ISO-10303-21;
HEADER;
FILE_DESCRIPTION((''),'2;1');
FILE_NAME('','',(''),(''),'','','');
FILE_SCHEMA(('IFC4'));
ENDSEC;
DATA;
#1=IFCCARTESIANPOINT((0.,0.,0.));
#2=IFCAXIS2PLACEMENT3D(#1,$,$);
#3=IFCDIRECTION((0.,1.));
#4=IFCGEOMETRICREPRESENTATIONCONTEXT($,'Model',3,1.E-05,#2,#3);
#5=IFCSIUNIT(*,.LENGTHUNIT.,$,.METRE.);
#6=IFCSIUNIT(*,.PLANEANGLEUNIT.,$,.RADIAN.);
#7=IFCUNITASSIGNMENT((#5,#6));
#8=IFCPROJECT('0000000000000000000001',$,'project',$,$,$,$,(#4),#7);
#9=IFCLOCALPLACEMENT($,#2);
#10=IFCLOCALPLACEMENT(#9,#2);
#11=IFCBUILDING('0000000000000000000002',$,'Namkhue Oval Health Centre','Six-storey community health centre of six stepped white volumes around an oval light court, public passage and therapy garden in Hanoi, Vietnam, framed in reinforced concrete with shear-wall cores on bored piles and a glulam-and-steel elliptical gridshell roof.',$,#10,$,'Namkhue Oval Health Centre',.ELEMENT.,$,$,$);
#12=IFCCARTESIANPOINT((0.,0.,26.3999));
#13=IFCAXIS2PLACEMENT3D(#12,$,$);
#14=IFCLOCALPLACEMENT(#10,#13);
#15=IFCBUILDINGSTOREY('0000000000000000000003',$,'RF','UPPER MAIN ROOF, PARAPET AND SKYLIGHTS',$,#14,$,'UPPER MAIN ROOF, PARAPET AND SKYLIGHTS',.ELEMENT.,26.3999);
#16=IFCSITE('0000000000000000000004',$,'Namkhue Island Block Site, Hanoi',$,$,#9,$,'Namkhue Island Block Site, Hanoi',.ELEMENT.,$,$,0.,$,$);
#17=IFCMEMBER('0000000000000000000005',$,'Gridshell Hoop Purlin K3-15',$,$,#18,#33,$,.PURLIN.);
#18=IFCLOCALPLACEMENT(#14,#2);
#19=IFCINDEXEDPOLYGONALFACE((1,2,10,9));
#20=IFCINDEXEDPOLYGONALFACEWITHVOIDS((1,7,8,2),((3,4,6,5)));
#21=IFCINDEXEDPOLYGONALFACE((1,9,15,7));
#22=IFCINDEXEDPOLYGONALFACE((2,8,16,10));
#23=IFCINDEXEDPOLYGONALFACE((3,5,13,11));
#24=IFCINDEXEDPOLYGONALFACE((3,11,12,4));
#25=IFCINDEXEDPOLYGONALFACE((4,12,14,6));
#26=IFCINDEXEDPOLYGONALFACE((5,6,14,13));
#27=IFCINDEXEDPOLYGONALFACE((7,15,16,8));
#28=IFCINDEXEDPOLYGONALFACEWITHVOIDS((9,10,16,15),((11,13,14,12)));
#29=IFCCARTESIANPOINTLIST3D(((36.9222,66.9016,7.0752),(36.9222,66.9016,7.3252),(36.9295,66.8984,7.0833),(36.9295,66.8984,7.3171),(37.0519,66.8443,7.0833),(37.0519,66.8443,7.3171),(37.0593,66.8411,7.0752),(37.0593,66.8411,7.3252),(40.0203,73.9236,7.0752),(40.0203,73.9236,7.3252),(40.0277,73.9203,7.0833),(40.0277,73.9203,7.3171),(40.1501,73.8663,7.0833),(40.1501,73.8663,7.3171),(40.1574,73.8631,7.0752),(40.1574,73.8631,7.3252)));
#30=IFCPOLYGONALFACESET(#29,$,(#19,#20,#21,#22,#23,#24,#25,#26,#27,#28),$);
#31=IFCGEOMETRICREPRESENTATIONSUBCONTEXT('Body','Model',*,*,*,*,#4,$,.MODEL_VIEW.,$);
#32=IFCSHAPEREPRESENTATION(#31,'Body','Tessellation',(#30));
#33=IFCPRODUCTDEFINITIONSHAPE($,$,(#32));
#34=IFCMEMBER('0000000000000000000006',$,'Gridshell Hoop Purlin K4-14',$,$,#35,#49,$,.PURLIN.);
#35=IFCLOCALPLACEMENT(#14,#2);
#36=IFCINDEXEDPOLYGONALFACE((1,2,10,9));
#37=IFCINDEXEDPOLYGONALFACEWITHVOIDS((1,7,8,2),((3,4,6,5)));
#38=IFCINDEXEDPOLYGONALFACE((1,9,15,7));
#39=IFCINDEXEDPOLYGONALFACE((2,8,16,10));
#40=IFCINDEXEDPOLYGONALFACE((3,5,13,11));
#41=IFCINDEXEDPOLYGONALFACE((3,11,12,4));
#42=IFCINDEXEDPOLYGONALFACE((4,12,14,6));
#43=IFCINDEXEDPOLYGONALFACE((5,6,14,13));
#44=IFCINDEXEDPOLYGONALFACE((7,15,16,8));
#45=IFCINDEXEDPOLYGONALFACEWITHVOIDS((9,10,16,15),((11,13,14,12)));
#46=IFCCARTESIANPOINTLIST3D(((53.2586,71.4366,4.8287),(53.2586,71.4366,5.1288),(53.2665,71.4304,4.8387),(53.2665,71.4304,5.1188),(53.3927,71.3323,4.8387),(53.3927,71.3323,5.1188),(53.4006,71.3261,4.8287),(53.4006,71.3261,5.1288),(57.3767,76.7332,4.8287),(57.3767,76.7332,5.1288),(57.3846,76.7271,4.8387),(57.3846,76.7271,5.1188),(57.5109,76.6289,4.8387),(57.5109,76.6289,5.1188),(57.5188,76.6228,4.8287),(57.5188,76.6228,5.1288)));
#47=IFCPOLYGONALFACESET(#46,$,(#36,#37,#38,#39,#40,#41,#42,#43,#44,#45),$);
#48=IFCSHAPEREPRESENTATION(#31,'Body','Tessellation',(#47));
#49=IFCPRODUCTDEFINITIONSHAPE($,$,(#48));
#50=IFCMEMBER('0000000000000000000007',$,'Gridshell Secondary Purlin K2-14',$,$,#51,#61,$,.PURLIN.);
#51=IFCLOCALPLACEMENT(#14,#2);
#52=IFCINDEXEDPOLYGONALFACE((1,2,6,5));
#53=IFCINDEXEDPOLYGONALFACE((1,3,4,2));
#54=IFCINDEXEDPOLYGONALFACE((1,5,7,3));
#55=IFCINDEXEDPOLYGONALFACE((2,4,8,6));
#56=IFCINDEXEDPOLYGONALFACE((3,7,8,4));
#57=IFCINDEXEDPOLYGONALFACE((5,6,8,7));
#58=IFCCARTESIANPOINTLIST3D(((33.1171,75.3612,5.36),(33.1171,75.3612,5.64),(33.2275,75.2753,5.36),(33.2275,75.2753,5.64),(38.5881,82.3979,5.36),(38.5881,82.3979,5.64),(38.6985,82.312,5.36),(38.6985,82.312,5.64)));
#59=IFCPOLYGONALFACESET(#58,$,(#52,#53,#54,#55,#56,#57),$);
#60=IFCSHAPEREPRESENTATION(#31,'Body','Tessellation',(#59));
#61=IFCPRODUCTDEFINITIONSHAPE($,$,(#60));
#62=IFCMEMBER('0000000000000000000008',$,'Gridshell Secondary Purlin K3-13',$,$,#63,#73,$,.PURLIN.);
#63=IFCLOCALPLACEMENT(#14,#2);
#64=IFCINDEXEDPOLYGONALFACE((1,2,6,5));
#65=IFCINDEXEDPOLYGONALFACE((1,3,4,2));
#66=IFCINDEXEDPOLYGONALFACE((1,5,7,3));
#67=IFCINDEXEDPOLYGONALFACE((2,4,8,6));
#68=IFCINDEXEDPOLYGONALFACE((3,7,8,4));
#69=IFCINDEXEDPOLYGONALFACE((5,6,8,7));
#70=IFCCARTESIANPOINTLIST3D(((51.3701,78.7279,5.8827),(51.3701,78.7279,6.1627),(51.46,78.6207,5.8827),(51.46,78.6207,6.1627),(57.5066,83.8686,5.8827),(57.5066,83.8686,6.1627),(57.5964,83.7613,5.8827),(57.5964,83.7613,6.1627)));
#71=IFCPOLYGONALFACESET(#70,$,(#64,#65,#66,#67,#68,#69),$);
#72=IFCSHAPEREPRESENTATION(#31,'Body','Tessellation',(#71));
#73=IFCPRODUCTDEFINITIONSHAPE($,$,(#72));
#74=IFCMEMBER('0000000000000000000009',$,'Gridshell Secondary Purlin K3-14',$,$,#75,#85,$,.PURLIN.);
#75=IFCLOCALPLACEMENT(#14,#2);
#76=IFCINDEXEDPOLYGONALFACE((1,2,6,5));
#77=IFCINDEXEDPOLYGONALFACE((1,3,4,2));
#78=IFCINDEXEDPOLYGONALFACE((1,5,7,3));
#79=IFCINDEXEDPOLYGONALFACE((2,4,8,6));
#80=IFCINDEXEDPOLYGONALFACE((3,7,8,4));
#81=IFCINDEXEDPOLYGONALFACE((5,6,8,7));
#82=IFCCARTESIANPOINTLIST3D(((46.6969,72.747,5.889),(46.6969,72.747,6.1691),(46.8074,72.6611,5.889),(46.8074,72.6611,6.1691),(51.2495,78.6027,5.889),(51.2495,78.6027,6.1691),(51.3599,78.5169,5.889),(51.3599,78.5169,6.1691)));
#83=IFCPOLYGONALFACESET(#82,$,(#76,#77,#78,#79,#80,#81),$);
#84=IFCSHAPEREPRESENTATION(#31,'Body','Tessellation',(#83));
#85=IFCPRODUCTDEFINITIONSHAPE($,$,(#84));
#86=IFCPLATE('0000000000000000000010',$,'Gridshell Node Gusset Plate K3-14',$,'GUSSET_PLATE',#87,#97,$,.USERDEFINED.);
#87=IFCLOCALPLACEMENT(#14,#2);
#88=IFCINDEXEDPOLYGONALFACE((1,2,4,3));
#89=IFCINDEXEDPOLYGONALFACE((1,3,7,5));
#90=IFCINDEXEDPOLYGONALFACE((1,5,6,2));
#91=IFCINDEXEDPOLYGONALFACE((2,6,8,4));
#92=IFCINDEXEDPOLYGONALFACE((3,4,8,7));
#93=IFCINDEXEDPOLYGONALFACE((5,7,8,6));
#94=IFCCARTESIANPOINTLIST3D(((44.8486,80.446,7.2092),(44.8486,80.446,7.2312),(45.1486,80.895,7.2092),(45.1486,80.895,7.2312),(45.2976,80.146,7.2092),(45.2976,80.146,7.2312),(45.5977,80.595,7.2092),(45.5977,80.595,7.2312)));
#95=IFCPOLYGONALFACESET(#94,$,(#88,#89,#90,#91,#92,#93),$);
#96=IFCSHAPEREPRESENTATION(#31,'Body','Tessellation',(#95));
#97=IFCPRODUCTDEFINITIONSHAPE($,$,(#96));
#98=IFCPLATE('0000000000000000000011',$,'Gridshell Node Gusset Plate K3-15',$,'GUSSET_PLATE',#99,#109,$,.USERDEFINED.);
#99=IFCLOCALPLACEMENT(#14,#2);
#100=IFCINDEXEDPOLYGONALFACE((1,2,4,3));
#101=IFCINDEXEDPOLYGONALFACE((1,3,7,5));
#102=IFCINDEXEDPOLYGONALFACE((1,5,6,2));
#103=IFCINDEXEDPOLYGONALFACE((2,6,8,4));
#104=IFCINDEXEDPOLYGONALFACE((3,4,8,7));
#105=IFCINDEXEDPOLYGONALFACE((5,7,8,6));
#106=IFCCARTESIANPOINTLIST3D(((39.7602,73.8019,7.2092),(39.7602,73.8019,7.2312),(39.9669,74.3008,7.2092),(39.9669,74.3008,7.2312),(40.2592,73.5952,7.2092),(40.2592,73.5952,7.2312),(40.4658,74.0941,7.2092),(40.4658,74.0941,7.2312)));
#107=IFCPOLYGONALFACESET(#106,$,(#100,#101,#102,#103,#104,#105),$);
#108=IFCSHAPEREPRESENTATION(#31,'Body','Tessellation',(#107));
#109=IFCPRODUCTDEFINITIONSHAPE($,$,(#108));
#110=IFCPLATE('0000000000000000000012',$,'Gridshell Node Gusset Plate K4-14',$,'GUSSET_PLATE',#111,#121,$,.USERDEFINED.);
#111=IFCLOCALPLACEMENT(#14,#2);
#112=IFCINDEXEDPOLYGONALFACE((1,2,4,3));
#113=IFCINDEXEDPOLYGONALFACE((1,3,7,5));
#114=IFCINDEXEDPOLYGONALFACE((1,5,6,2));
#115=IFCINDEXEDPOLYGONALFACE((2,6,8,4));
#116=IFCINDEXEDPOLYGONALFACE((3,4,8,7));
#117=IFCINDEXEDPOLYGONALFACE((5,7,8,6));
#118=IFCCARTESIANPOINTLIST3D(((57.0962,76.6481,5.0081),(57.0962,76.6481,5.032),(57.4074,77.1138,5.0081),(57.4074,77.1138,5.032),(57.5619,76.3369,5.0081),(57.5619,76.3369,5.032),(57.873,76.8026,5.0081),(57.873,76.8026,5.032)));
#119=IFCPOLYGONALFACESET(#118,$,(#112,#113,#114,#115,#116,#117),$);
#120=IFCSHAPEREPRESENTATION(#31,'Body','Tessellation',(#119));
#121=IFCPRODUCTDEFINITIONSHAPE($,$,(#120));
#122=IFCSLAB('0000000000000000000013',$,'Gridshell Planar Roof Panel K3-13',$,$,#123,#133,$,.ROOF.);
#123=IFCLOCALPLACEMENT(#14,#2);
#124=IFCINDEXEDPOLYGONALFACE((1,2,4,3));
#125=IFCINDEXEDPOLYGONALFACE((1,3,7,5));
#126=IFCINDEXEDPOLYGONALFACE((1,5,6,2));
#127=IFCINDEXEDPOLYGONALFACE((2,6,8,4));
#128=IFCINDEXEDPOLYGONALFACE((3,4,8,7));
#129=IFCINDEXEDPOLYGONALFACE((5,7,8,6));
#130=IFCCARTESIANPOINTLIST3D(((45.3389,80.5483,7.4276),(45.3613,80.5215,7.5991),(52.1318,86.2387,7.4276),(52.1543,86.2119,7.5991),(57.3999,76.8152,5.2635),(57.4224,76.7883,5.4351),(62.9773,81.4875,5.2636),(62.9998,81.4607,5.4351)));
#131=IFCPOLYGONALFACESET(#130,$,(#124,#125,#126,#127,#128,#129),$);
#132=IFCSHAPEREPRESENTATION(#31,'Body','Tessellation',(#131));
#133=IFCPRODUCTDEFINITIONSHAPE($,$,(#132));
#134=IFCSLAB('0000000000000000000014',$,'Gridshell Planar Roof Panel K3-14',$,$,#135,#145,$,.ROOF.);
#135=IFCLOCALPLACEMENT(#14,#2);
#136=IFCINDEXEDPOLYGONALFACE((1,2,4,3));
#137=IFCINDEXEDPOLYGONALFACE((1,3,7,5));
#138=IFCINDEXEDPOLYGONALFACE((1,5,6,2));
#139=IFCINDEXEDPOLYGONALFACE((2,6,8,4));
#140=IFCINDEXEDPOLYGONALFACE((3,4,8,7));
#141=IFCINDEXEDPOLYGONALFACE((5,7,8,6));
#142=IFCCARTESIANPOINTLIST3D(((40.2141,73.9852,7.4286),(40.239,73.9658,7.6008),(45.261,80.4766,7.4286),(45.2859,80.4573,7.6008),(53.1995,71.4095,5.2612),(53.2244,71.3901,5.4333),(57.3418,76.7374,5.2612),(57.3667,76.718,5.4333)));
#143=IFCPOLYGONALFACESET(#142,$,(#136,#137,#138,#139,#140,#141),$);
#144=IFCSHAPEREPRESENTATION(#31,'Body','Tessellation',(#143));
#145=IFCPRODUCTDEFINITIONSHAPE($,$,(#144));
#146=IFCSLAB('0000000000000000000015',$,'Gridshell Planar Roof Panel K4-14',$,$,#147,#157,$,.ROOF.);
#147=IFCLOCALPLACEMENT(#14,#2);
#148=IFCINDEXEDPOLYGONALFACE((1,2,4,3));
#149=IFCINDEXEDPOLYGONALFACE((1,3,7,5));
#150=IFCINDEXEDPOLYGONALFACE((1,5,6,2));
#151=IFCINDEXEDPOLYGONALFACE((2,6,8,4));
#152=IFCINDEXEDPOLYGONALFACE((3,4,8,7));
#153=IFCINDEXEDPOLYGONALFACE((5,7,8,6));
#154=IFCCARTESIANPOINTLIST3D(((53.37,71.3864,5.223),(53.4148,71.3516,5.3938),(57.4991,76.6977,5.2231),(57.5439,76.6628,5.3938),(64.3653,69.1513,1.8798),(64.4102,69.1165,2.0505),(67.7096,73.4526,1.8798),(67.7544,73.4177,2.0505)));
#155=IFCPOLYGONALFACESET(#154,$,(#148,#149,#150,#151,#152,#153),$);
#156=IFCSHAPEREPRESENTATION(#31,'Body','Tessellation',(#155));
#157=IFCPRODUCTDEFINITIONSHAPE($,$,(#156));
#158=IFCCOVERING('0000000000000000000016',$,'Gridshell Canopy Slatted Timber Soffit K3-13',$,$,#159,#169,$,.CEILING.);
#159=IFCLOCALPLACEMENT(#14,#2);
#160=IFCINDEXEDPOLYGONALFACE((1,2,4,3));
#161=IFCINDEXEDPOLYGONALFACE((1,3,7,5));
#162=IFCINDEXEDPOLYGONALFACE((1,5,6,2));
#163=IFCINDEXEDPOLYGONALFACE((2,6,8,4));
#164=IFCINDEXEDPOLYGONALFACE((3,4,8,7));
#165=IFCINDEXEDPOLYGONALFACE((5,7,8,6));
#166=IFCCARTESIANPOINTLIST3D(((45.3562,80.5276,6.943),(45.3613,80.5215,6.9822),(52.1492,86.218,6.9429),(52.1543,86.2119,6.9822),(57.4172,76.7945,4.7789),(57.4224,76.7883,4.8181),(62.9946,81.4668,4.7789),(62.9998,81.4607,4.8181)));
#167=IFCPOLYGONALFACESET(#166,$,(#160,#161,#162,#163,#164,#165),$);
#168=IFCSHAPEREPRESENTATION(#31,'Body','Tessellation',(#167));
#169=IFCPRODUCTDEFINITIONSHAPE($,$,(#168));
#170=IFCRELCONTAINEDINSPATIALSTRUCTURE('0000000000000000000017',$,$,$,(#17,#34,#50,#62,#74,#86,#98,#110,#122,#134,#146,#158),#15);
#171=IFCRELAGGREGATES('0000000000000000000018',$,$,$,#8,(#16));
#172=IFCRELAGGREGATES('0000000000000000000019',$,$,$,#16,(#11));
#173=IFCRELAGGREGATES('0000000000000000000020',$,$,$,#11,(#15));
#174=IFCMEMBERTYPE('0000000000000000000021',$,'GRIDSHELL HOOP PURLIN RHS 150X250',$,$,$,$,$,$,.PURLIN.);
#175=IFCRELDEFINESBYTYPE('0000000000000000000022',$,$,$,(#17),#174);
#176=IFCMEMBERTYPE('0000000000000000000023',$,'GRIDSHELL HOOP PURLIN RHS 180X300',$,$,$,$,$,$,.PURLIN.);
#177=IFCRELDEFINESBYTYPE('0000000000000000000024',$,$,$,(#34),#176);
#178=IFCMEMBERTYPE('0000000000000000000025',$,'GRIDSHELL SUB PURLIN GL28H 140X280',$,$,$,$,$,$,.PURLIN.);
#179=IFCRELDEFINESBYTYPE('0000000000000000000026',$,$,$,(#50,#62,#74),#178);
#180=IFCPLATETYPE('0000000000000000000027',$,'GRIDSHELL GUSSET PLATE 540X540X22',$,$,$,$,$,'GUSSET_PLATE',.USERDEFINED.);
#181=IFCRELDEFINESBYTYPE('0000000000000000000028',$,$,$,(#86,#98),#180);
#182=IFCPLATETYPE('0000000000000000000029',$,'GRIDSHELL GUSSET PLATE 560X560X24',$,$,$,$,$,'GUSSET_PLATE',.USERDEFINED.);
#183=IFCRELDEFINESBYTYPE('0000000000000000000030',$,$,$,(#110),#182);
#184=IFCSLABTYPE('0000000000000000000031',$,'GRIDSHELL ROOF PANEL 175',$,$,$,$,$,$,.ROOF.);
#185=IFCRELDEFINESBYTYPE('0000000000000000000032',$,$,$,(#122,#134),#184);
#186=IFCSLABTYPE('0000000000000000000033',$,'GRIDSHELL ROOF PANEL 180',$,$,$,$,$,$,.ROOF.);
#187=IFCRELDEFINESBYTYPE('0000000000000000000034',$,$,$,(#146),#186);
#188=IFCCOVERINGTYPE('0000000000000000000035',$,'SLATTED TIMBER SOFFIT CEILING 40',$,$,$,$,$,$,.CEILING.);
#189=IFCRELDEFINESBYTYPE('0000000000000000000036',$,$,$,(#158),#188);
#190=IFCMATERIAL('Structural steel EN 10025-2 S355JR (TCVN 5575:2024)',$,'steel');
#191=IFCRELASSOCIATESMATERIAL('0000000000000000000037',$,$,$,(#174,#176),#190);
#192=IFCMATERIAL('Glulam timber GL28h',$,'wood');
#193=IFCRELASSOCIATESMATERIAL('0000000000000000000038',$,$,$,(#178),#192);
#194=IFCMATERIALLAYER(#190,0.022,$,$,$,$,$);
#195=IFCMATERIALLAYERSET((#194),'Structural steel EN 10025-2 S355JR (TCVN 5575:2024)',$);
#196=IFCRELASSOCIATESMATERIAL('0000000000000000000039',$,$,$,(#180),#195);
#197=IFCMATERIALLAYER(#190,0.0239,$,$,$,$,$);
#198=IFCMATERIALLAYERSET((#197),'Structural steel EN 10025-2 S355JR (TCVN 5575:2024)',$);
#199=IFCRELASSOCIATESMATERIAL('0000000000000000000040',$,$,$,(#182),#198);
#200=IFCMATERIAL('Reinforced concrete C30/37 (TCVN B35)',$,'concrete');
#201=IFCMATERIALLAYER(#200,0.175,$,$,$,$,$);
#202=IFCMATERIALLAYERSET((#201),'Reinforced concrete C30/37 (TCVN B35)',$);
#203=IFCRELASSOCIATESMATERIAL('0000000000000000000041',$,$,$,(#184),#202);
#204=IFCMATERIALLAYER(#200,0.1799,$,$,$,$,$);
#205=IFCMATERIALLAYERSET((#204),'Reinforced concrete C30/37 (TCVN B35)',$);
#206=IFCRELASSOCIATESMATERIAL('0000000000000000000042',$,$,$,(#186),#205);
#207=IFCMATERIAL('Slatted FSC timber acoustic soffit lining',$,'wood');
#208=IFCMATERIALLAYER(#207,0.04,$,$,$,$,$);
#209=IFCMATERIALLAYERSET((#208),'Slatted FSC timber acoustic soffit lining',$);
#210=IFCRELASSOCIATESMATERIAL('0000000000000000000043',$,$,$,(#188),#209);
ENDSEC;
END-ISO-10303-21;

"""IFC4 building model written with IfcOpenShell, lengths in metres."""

from ifc_helpers import new_model, si_unit, direction, frame, origin, origin_2d, place, context, subcontext, project, spatial, polyline, rectangle, hollow_rectangle, outline, extrude, material, layer, layer_set, material_profile, profile_set, type_object, element, save


model = new_model("IFC4")

# Units and contexts
model_context = context("Model", 3, precision=1e-05, world=origin(), true_north=direction((0.0, 1.0)))
body_context = subcontext(model_context, "Body", "Model", "MODEL_VIEW")
ifc_project = project(units=[si_unit("LENGTHUNIT", "METRE"), si_unit("PLANEANGLEUNIT", "RADIAN")], contexts=[model_context])

# Site, building, storey
site_placement = place(None, origin())
site = spatial("IfcSite", under=ifc_project, at=site_placement, Name="Namkhue Island Block Site, Hanoi", LongName="Namkhue Island Block Site, Hanoi", CompositionType="ELEMENT", RefElevation=0.0)
building_placement = place(site_placement, origin())
building = spatial("IfcBuilding", under=site, at=building_placement, Name="Namkhue Oval Health Centre", Description="Six-storey community health centre of six stepped white volumes around an oval light court, public passage and therapy garden in Hanoi, Vietnam, framed in reinforced concrete with shear-wall cores on bored piles and a glulam-and-steel elliptical gridshell roof.", LongName="Namkhue Oval Health Centre", CompositionType="ELEMENT")
storey_placement = place(building_placement, frame((0.0, 0.0, 26.3999)))
storey = spatial("IfcBuildingStorey", under=building, at=storey_placement, Name="RF", Description="UPPER MAIN ROOF, PARAPET AND SKYLIGHTS", LongName="UPPER MAIN ROOF, PARAPET AND SKYLIGHTS", CompositionType="ELEMENT", Elevation=26.3999)

# Members
ifc_material_1 = material(Name="Structural steel EN 10025-2 S355JR (TCVN 5575:2024)", Category="steel")
ifc_material_2 = material(Name="Glulam timber GL28h", Category="wood")
ifc_material_profile_1 = material_profile(ifc_material_1, hollow_rectangle(XDim=0.1499, YDim=0.25, WallThickness=0.0081, at=origin_2d()), Name="RHS 150x250x8")
ifc_profile_set_1 = profile_set([ifc_material_profile_1], Name="Structural steel EN 10025-2 S355JR (TCVN 5575:2024)")
member_type_1 = type_object("IfcMemberType", Name="GRIDSHELL HOOP PURLIN RHS 150X250", PredefinedType="PURLIN", material=ifc_profile_set_1)
member_1_placement = place(storey_placement, frame((40.0889, 73.8933, 7.2002), z_axis=(-0.403664, -0.914907, 0.0), x_axis=(0.914907, -0.403664, 0.0)))
element("IfcMember", 1, at=member_1_placement, inside=storey, type_object=member_type_1, Name="Gridshell Hoop Purlin K3-15", PredefinedType="PURLIN", context=body_context, shape_type="SweptSolid", body=[
    extrude(hollow_rectangle(XDim=0.1499, YDim=0.25, WallThickness=0.0081, at=origin_2d()), origin(), (0.0, 0.0, 1.0), 7.675),
])
ifc_material_profile_2 = material_profile(ifc_material_1, hollow_rectangle(XDim=0.1799, YDim=0.3, WallThickness=0.01, at=origin_2d()), Name="RHS 180x300x10")
ifc_profile_set_2 = profile_set([ifc_material_profile_2], Name="Structural steel EN 10025-2 S355JR (TCVN 5575:2024)")
member_type_2 = type_object("IfcMemberType", Name="GRIDSHELL HOOP PURLIN RHS 180X300", PredefinedType="PURLIN", material=ifc_profile_set_2)
member_2_placement = place(storey_placement, frame((57.4478, 76.678, 4.9788), z_axis=(-0.613807, -0.789456, 0.0), x_axis=(0.789456, -0.613807, 0.0)))
element("IfcMember", 2, at=member_2_placement, inside=storey, type_object=member_type_2, Name="Gridshell Hoop Purlin K4-14", PredefinedType="PURLIN", context=body_context, shape_type="SweptSolid", body=[
    extrude(hollow_rectangle(XDim=0.1799, YDim=0.3, WallThickness=0.01, at=origin_2d()), origin(), (0.0, 0.0, 1.0), 6.7092),
])
ifc_material_profile_3 = material_profile(ifc_material_2, rectangle(XDim=0.1399, YDim=0.28, at=origin_2d()), Name="GL28h 140x280")
ifc_profile_set_3 = profile_set([ifc_material_profile_3], Name="Glulam timber GL28h")
member_type_3 = type_object("IfcMemberType", Name="GRIDSHELL SUB PURLIN GL28H 140X280", PredefinedType="PURLIN", material=ifc_profile_set_3)
member_3_placement = place(storey_placement, frame((38.6433, 82.355, 5.5), z_axis=(-0.613802, -0.78946, 0.0), x_axis=(0.78946, -0.613802, 0.0)))
element("IfcMember", 3, at=member_3_placement, inside=storey, type_object=member_type_3, Name="Gridshell Secondary Purlin K2-14", PredefinedType="PURLIN", context=body_context, shape_type="SweptSolid", body=[
    extrude(rectangle(XDim=0.1399, YDim=0.28, at=origin_2d()), origin(), (0.0, 0.0, 1.0), 8.9133),
])
member_4_placement = place(storey_placement, frame((57.5515, 83.8149, 6.0227), z_axis=(-0.766566, -0.642165, 0.0), x_axis=(0.642165, -0.766566, 0.0)))
element("IfcMember", 4, at=member_4_placement, inside=storey, type_object=member_type_3, Name="Gridshell Secondary Purlin K3-13", PredefinedType="PURLIN", context=body_context, shape_type="SweptSolid", body=[
    extrude(rectangle(XDim=0.1399, YDim=0.28, at=origin_2d()), origin(), (0.0, 0.0, 1.0), 8.0051),
])
member_5_placement = place(storey_placement, frame((51.3047, 78.5598, 6.0291), z_axis=(-0.613777, -0.78948, 0.0), x_axis=(0.78948, -0.613777, 0.0)))
element("IfcMember", 5, at=member_5_placement, inside=storey, type_object=member_type_3, Name="Gridshell Secondary Purlin K3-14", PredefinedType="PURLIN", context=body_context, shape_type="SweptSolid", body=[
    extrude(rectangle(XDim=0.1399, YDim=0.28, at=origin_2d()), origin(), (0.0, 0.0, 1.0), 7.4172),
])

# Plates
ifc_layer_1 = layer(ifc_material_1, 0.022)
ifc_layer_set_1 = layer_set([ifc_layer_1], Name="Structural steel EN 10025-2 S355JR (TCVN 5575:2024)")
plate_type_1 = type_object("IfcPlateType", Name="GRIDSHELL GUSSET PLATE 540X540X22", ElementType="GUSSET_PLATE", PredefinedType="USERDEFINED", material=ifc_layer_set_1)
for number, where, z_axis, x_axis, name in (
    (6, (45.2231, 80.5205, 7.2092), (0.0, 0.0, 1.0), (-0.83147, 0.55557, 0.0), "Gridshell Node Gusset Plate K3-14"),
    (7, (40.113, 73.948, 7.2092), (0.0, 0.0, 1.0), (-0.92388, 0.382683, 0.0), "Gridshell Node Gusset Plate K3-15"),
):
    element("IfcPlate", number, at=place(storey_placement, frame(where, z_axis=z_axis, x_axis=x_axis)), inside=storey, type_object=plate_type_1, Name=name, ObjectType="GUSSET_PLATE", PredefinedType="USERDEFINED", context=body_context, shape_type="SweptSolid", body=[
        extrude(rectangle(XDim=0.54, YDim=0.54, at=origin_2d()), origin(), (0.0, 0.0, 1.0), 0.022),
    ])
ifc_layer_2 = layer(ifc_material_1, 0.0239)
ifc_layer_set_2 = layer_set([ifc_layer_2], Name="Structural steel EN 10025-2 S355JR (TCVN 5575:2024)")
plate_type_2 = type_object("IfcPlateType", Name="GRIDSHELL GUSSET PLATE 560X560X24", ElementType="GUSSET_PLATE", PredefinedType="USERDEFINED", material=ifc_layer_set_2)
plate_placement = place(storey_placement, frame((57.4846, 76.7253, 5.0081), z_axis=(0.0, 0.0, 1.0), x_axis=(-0.83147, 0.55557, 0.0)))
element("IfcPlate", 8, at=plate_placement, inside=storey, type_object=plate_type_2, Name="Gridshell Node Gusset Plate K4-14", ObjectType="GUSSET_PLATE", PredefinedType="USERDEFINED", context=body_context, shape_type="SweptSolid", body=[
    extrude(rectangle(XDim=0.5601, YDim=0.5601, at=origin_2d()), origin(), (0.0, 0.0, 1.0), 0.0239),
])

# Slabs
ifc_material_3 = material(Name="Reinforced concrete C30/37 (TCVN B35)", Category="concrete")
ifc_layer_3 = layer(ifc_material_3, 0.175)
ifc_layer_set_3 = layer_set([ifc_layer_3], Name="Reinforced concrete C30/37 (TCVN B35)")
slab_type_1 = type_object("IfcSlabType", Name="GRIDSHELL ROOF PANEL 175", PredefinedType="ROOF", material=ifc_layer_set_3)
slab_1_placement = place(storey_placement, frame((52.1543, 86.2119, 7.5991), z_axis=(0.128374, -0.153243, 0.979815), x_axis=(-0.766574, -0.642155, 0.000002)))
element("IfcSlab", 9, at=slab_1_placement, inside=storey, type_object=slab_type_1, Name="Gridshell Planar Roof Panel K3-13", PredefinedType="ROOF", context=body_context, shape_type="SweptSolid", body=[
    extrude(outline(polyline([(0.0, 0.0), (8.8615, 0.0), (2.013, 10.8253), (-5.2628, 10.8251), (0.0, 0.0)])), origin(), (0.0, 0.0, -1.0), 0.175),
])
slab_2_placement = place(storey_placement, frame((45.2859, 80.4573, 7.6008), z_axis=(0.142248, -0.110594, 0.983633), x_axis=(-0.613787, -0.789472, -0.000001)))
element("IfcSlab", 10, at=slab_2_placement, inside=storey, type_object=slab_type_1, Name="Gridshell Planar Roof Panel K3-14", PredefinedType="ROOF", context=body_context, shape_type="SweptSolid", body=[
    extrude(outline(polyline([(0.0, 0.0), (8.2225, 0.0), (2.2857, 12.0294), (-4.463, 12.0294), (0.0, 0.0)])), origin(), (0.0, 0.0, -1.0), 0.175),
])
ifc_layer_4 = layer(ifc_material_3, 0.1799)
ifc_layer_set_4 = layer_set([ifc_layer_4], Name="Reinforced concrete C30/37 (TCVN B35)")
slab_type_2 = type_object("IfcSlabType", Name="GRIDSHELL ROOF PANEL 180", PredefinedType="ROOF", material=ifc_layer_set_4)
slab_3_placement = place(storey_placement, frame((57.5439, 76.6628, 5.3938), z_axis=(0.249144, -0.1937, 0.948898), x_axis=(-0.613771, -0.789484, -0.000006)))
element("IfcSlab", 11, at=slab_3_placement, inside=storey, type_object=slab_type_2, Name="Gridshell Planar Roof Panel K4-14", PredefinedType="ROOF", context=body_context, shape_type="SweptSolid", body=[
    extrude(outline(polyline([(0.0, 0.0), (6.7275, 0.0), (1.7435, 10.5939), (-3.7049, 10.5941), (0.0, 0.0)])), origin(), (0.0, 0.0, -1.0), 0.1799),
])

# Covering
ifc_material_4 = material(Name="Slatted FSC timber acoustic soffit lining", Category="wood")
ifc_layer_5 = layer(ifc_material_4, 0.04)
ifc_layer_set_5 = layer_set([ifc_layer_5], Name="Slatted FSC timber acoustic soffit lining")
covering_type_1 = type_object("IfcCoveringType", Name="SLATTED TIMBER SOFFIT CEILING 40", PredefinedType="CEILING", material=ifc_layer_set_5)
covering_1_placement = place(storey_placement, frame((52.1543, 86.2119, 6.9822), z_axis=(0.128374, -0.153243, 0.979815), x_axis=(-0.766574, -0.642155, 0.000002)))
element("IfcCovering", 12, at=covering_1_placement, inside=storey, type_object=covering_type_1, Name="Gridshell Canopy Slatted Timber Soffit K3-13", PredefinedType="CEILING", context=body_context, shape_type="SweptSolid", body=[
    extrude(outline(polyline([(0.0, 0.0), (8.8615, 0.0), (2.013, 10.8253), (-5.2628, 10.8251), (0.0, 0.0)])), origin(), (0.0, 0.0, -1.0), 0.04),
])

save(model, "model.ifc")
